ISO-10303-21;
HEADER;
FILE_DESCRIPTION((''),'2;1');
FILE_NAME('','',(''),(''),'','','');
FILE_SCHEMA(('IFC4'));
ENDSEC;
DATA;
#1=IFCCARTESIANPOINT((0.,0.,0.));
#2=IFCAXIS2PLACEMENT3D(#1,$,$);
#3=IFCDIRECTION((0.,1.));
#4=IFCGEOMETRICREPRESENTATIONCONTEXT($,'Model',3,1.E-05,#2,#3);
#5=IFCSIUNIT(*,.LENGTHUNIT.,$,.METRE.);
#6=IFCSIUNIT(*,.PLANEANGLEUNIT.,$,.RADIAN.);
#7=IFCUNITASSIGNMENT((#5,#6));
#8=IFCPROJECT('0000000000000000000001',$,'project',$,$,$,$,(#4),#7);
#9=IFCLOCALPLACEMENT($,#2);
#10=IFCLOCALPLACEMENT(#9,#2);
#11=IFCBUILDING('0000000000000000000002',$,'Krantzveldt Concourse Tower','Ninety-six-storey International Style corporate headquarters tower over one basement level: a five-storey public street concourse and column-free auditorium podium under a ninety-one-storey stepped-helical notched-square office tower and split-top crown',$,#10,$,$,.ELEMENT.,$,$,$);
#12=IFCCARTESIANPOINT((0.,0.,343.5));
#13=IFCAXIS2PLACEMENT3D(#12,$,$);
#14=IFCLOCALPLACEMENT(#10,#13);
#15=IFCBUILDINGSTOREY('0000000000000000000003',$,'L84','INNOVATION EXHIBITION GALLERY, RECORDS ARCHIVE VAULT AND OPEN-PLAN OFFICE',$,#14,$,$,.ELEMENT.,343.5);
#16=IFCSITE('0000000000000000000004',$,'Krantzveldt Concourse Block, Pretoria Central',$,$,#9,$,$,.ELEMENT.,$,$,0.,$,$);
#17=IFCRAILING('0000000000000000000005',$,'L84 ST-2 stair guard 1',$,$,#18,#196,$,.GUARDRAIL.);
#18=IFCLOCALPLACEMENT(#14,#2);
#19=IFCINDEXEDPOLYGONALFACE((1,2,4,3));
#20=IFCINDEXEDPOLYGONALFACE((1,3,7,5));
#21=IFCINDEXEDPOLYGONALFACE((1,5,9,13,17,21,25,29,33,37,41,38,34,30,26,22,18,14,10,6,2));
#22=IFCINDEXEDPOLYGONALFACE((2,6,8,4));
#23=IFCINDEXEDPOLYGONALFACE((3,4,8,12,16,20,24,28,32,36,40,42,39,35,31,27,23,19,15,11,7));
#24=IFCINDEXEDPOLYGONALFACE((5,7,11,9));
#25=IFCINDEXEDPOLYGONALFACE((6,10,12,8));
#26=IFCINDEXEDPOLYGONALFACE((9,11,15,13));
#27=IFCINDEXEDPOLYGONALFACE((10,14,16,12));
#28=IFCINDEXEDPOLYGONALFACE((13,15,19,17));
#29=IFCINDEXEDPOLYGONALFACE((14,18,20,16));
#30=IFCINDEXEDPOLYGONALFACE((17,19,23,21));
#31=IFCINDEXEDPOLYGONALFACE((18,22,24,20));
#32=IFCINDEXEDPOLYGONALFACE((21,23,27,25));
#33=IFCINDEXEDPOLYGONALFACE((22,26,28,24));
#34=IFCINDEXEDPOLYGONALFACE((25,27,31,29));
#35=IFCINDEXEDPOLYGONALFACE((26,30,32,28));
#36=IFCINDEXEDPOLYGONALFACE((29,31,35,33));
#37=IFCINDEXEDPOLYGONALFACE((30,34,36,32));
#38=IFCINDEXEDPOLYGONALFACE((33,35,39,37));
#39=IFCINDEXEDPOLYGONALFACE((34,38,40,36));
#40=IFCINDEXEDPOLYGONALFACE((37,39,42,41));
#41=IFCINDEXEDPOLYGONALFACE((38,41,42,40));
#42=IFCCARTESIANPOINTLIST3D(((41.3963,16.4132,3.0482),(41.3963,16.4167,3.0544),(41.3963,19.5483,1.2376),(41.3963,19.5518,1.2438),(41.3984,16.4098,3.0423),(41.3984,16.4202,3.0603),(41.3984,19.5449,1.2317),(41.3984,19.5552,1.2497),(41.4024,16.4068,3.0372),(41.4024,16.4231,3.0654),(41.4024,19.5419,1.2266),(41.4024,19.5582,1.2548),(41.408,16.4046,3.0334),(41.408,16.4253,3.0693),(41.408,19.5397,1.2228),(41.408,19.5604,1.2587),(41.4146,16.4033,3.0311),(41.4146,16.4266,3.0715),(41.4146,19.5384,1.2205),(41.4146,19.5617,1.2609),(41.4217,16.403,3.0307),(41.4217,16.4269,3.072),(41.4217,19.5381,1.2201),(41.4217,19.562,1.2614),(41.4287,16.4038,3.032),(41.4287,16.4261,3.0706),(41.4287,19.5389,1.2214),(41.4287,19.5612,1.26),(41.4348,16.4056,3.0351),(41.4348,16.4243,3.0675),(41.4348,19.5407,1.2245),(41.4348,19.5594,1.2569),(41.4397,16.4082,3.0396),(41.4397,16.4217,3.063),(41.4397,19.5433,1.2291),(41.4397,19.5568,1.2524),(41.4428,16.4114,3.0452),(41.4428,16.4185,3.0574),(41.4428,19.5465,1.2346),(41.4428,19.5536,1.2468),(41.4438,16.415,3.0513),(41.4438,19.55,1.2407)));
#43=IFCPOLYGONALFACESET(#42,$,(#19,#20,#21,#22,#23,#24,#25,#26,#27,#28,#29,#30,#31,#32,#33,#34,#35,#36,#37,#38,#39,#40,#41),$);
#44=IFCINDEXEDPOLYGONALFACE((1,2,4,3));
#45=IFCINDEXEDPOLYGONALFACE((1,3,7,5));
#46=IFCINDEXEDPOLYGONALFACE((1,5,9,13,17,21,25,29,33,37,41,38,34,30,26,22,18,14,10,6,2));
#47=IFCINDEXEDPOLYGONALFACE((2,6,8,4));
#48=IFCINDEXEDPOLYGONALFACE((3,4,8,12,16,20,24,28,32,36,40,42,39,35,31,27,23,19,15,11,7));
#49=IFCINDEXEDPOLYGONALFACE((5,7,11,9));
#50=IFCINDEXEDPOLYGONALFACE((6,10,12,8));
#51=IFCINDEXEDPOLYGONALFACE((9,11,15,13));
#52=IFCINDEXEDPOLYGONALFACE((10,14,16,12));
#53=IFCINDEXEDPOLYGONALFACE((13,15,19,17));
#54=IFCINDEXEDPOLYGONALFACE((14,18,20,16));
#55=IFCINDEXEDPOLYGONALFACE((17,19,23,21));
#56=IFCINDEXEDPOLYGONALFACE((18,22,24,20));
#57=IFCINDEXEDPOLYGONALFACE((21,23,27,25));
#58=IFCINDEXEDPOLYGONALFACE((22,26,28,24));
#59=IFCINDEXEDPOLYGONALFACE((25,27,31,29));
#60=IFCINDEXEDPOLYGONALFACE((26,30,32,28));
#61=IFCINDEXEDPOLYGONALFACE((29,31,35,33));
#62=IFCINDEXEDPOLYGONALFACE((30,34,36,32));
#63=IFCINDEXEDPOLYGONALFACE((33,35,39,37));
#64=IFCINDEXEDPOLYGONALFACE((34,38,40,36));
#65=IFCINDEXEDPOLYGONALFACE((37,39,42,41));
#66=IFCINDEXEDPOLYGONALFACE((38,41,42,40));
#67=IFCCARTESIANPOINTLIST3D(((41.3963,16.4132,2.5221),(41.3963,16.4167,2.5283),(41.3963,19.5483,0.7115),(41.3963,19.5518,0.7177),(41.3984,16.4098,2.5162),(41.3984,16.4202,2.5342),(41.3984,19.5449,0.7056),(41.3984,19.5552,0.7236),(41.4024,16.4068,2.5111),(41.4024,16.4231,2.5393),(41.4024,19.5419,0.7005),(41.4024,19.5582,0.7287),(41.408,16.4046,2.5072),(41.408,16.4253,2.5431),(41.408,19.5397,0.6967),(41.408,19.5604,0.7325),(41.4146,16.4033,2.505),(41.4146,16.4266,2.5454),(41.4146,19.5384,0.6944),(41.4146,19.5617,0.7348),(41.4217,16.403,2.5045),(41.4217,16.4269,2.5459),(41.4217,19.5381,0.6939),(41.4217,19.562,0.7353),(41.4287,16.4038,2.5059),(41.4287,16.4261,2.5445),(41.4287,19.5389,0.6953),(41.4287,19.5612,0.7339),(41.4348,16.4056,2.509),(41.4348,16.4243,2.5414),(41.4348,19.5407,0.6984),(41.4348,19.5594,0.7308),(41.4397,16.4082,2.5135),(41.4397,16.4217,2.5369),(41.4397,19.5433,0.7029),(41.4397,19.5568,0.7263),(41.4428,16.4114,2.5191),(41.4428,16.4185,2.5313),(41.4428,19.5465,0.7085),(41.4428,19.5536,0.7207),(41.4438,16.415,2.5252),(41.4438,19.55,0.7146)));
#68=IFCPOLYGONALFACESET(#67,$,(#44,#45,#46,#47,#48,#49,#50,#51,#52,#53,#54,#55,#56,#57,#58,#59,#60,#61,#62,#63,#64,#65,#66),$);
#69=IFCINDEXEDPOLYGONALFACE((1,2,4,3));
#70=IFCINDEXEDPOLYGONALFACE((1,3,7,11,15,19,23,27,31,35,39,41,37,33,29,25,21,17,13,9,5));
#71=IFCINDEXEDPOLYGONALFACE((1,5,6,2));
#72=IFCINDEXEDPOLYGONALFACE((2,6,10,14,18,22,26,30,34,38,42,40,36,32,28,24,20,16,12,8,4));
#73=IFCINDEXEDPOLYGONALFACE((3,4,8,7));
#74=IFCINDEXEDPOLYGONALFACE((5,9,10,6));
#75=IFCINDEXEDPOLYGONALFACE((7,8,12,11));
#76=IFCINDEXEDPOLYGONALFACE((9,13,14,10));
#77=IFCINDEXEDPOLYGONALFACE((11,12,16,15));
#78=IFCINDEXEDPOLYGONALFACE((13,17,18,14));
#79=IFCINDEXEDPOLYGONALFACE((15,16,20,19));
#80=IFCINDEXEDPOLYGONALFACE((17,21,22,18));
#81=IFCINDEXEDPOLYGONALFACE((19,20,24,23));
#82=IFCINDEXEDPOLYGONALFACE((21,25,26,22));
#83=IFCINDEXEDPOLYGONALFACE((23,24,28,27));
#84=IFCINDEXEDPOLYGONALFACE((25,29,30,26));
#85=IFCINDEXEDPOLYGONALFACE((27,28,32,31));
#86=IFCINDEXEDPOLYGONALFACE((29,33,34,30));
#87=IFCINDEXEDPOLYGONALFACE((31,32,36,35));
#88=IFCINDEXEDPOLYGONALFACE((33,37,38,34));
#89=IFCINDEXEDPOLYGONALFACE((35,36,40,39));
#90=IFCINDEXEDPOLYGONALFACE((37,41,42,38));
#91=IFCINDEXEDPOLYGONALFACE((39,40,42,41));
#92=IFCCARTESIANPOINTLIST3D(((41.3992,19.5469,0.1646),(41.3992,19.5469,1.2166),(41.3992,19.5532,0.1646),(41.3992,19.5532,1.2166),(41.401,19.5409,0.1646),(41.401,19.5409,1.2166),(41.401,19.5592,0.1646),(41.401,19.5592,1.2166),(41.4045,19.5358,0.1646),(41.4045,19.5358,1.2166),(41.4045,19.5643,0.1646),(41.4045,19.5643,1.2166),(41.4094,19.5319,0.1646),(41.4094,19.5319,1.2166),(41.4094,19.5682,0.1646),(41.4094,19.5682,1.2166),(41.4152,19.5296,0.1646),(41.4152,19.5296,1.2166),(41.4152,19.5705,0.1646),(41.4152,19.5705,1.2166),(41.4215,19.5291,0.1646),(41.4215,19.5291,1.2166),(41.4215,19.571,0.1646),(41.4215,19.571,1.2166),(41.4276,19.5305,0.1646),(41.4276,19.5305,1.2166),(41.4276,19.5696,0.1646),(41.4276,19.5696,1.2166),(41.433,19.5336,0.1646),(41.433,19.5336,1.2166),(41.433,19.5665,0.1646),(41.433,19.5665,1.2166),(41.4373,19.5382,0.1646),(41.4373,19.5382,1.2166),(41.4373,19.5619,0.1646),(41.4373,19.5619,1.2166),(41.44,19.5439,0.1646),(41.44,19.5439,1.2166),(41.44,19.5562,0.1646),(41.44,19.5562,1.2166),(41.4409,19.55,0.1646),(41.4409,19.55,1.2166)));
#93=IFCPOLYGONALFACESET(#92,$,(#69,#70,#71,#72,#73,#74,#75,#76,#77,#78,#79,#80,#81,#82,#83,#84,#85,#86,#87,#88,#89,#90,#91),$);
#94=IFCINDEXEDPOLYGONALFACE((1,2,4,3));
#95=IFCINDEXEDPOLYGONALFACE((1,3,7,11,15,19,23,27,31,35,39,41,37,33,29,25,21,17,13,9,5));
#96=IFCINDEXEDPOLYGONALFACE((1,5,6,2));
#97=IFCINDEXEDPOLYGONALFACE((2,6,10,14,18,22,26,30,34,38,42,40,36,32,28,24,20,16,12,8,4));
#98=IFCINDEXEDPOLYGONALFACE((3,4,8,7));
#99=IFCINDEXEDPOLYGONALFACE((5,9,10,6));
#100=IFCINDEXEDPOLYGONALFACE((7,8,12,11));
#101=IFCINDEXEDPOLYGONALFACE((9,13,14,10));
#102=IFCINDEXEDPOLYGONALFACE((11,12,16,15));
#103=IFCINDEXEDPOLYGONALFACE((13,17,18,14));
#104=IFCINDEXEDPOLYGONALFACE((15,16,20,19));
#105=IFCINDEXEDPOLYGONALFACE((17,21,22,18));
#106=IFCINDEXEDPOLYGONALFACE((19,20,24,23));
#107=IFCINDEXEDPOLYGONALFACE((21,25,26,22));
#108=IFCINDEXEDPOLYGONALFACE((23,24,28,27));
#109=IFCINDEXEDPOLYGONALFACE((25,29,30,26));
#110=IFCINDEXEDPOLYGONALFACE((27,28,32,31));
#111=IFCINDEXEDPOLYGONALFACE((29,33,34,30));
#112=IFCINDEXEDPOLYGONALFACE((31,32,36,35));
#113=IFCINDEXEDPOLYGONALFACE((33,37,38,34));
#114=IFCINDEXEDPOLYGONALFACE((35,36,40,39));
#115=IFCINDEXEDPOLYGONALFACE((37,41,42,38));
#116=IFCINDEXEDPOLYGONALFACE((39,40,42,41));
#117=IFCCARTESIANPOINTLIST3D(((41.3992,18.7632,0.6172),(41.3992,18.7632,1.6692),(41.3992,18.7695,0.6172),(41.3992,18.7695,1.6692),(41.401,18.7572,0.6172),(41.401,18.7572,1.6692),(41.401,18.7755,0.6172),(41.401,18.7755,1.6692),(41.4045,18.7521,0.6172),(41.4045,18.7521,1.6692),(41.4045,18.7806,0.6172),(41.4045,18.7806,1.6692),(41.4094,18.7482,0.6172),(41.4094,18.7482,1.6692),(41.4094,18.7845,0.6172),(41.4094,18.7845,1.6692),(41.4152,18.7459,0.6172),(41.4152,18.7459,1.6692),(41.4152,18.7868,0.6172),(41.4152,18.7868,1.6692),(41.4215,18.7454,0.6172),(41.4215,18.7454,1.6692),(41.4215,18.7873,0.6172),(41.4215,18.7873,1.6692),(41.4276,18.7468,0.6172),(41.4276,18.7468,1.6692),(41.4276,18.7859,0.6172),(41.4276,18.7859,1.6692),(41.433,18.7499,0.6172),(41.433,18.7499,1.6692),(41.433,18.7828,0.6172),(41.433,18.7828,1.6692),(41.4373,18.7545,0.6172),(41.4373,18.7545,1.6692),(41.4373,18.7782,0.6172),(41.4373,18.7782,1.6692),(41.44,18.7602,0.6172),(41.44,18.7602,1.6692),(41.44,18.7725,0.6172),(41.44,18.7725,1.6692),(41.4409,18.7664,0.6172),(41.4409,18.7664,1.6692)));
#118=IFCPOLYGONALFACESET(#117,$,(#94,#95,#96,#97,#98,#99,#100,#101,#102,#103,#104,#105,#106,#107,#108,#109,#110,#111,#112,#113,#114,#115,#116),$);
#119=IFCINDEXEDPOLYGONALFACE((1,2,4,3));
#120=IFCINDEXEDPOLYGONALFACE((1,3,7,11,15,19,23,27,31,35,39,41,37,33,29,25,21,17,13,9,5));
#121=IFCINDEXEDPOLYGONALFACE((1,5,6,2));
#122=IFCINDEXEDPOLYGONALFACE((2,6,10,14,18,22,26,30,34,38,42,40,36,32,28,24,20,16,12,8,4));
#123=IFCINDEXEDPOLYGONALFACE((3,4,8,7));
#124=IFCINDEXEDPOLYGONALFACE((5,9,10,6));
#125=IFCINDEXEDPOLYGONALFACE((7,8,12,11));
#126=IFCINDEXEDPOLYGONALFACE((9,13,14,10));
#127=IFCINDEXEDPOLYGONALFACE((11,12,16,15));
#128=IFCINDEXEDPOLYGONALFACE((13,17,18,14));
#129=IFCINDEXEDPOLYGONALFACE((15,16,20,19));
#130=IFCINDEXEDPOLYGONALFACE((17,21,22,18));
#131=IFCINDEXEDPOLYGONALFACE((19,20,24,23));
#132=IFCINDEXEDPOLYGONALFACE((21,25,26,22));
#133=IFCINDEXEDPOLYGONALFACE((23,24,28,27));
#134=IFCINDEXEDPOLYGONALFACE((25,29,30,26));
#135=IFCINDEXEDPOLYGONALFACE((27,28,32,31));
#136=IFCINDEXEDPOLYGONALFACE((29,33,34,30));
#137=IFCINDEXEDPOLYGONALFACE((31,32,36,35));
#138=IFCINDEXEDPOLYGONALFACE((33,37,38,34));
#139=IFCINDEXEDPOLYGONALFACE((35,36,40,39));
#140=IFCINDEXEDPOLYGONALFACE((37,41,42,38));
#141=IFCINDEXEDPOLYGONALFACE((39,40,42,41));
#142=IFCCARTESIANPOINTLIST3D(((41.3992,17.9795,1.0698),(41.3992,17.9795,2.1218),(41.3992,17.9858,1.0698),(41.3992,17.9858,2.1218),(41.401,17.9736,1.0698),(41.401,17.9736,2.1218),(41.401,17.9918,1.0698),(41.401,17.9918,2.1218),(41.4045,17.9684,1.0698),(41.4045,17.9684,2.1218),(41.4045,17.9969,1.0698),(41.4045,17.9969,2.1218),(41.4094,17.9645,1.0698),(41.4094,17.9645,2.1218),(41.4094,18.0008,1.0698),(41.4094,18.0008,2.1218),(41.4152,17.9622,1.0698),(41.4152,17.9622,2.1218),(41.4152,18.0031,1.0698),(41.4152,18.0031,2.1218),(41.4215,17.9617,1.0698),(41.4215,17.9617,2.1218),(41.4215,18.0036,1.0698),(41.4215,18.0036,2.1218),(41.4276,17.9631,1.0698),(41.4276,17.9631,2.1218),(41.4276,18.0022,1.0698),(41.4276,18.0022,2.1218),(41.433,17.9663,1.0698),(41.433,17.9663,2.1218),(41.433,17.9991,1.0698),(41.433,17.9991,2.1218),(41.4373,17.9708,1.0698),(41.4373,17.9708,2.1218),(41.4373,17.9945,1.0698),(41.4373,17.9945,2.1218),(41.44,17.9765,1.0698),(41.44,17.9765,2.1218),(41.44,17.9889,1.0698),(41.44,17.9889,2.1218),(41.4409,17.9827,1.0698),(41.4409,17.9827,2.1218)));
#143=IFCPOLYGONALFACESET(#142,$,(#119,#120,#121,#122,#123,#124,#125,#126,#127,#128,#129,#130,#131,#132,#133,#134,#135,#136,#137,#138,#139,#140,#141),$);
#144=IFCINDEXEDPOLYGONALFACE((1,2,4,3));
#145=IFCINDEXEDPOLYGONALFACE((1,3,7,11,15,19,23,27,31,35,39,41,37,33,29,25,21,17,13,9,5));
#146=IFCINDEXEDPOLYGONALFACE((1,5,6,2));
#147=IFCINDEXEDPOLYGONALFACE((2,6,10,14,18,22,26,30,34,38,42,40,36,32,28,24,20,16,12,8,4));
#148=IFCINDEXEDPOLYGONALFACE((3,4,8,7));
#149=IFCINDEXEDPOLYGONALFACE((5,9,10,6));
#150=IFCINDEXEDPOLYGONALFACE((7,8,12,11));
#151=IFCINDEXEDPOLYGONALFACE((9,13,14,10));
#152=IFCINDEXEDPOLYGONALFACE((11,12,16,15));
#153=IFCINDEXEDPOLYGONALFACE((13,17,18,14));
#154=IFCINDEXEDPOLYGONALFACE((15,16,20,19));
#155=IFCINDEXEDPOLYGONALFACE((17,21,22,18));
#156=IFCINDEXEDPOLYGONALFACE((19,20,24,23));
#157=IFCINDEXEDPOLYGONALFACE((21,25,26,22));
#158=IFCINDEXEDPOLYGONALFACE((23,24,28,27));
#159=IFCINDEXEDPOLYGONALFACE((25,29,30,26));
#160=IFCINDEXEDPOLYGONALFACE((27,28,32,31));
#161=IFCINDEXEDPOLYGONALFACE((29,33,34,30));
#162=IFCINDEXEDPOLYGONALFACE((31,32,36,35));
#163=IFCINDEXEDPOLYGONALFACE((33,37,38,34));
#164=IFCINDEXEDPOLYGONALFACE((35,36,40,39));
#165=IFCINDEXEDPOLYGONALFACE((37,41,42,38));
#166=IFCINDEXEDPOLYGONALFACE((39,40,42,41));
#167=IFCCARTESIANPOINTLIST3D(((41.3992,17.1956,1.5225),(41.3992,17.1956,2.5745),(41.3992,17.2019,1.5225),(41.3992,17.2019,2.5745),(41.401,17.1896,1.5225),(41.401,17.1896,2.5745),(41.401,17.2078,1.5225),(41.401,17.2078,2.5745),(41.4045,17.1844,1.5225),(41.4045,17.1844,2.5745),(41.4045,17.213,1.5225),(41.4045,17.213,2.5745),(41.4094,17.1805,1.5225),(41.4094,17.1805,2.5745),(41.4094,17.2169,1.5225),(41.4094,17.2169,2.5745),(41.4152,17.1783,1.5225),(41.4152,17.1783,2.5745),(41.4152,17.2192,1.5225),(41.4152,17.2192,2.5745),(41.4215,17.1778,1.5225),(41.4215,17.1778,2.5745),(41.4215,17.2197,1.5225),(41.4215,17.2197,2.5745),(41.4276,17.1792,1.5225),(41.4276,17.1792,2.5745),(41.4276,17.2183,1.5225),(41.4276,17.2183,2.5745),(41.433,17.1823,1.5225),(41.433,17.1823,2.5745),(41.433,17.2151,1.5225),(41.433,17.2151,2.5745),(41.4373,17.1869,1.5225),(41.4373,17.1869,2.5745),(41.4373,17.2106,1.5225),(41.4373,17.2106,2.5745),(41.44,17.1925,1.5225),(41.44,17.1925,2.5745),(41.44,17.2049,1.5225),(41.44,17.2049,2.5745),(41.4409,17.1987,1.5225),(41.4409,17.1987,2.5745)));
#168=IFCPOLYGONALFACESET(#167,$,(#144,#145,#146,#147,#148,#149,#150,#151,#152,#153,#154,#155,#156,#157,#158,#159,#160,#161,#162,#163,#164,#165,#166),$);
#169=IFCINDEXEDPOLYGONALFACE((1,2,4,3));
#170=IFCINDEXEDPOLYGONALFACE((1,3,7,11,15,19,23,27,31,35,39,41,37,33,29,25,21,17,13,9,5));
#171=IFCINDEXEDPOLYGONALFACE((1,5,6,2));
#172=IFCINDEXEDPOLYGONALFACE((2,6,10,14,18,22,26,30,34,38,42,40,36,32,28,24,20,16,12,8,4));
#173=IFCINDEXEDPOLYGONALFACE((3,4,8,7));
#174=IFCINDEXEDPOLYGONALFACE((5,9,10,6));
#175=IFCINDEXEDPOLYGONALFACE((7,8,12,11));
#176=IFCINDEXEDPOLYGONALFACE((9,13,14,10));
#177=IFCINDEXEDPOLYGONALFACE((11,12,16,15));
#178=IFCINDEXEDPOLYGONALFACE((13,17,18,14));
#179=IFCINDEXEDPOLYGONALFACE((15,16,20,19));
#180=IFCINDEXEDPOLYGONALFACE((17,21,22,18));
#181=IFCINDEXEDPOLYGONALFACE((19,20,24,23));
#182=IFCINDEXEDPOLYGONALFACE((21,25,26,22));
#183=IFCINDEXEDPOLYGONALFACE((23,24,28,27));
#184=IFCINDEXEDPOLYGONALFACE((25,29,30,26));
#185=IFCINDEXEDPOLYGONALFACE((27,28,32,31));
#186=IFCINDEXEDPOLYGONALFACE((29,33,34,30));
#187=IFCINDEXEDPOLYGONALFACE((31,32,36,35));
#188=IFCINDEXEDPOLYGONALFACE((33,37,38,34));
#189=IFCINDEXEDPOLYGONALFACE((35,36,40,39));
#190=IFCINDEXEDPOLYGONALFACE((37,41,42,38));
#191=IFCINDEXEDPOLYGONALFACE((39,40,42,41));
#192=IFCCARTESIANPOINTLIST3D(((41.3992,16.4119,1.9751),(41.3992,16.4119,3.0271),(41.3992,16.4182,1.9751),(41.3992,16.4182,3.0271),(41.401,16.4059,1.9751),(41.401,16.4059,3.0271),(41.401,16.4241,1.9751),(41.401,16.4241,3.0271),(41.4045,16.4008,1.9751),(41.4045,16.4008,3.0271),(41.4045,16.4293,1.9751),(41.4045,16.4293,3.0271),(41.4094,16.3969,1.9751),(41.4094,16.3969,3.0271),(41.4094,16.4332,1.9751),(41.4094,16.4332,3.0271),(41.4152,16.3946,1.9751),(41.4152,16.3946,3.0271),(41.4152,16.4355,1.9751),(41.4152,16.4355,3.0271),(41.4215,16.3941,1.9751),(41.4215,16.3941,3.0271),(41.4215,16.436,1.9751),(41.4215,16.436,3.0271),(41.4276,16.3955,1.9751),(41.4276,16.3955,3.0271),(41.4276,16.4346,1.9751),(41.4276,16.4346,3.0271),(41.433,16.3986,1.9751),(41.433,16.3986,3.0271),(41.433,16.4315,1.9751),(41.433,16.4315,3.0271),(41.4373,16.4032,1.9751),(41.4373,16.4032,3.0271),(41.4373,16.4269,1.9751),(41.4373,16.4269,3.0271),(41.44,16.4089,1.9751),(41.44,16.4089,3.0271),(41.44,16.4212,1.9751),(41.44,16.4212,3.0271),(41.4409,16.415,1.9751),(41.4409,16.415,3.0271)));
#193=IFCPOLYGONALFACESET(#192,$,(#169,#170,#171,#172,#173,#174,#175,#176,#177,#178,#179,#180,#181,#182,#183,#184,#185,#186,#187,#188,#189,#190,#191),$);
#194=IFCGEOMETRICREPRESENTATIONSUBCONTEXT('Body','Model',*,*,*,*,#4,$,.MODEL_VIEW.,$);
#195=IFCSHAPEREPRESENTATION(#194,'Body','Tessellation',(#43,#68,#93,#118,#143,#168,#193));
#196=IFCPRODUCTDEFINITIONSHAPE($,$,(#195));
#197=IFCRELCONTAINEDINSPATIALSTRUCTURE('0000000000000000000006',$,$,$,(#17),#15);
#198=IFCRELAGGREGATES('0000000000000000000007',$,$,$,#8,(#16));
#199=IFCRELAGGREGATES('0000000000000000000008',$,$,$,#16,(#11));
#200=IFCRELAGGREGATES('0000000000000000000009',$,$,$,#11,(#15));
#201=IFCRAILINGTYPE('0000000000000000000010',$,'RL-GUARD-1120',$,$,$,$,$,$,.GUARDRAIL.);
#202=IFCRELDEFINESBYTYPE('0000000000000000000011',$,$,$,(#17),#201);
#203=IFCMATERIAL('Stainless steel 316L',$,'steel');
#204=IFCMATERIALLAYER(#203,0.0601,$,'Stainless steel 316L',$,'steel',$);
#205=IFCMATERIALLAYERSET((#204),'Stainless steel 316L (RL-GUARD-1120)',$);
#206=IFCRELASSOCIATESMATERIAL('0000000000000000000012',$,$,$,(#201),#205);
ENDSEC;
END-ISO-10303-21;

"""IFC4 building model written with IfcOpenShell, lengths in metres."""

from ifc_helpers import new_model, si_unit, direction, frame, origin, origin_2d, place, context, subcontext, project, spatial, circle, extrude, material, layer, layer_set, type_object, element, save


model = new_model("IFC4")

# Units and contexts
model_context = context("Model", 3, precision=1e-05, world=origin(), true_north=direction((0.0, 1.0)))
body_context = subcontext(model_context, "Body", "Model", "MODEL_VIEW")
ifc_project = project(units=[si_unit("LENGTHUNIT", "METRE"), si_unit("PLANEANGLEUNIT", "RADIAN")], contexts=[model_context])

# Site, building, storey
site_placement = place(None, origin())
site = spatial("IfcSite", under=ifc_project, at=site_placement, Name="Krantzveldt Concourse Block, Pretoria Central", CompositionType="ELEMENT", RefElevation=0.0)
building_placement = place(site_placement, origin())
building = spatial("IfcBuilding", under=site, at=building_placement, Name="Krantzveldt Concourse Tower", Description="Ninety-six-storey International Style corporate headquarters tower over one basement level: a five-storey public street concourse and column-free auditorium podium under a ninety-one-storey stepped-helical notched-square office tower and split-top crown", CompositionType="ELEMENT")
storey_placement = place(building_placement, frame((0.0, 0.0, 343.5)))
storey = spatial("IfcBuildingStorey", under=building, at=storey_placement, Name="L84", Description="INNOVATION EXHIBITION GALLERY, RECORDS ARCHIVE VAULT AND OPEN-PLAN OFFICE", CompositionType="ELEMENT", Elevation=343.5)

# Shared definitions
ifc_material_1 = material(Name="Stainless steel 316L", Category="steel")

# Railing
ifc_layer_1 = layer(ifc_material_1, 0.0601, Name="Stainless steel 316L", Category="steel")
ifc_layer_set_1 = layer_set([ifc_layer_1], Name="Stainless steel 316L (RL-GUARD-1120)")
railing_type_1 = type_object("IfcRailingType", Name="RL-GUARD-1120", PredefinedType="GUARDRAIL", material=ifc_layer_set_1)
railing_1_placement = place(storey_placement, frame((41.4199, 19.55, 0.1646)))
element("IfcRailing", 1, at=railing_1_placement, inside=storey, type_object=railing_type_1, Name="L84 ST-2 stair guard 1", PredefinedType="GUARDRAIL", context=body_context, shape_type="SweptSolid", body=[
    extrude(circle(Radius=0.0239, at=origin_2d()), frame((0.0, 0.0, 1.0762), z_axis=(0.0, -0.86596, 0.500114), x_axis=(1.0, 0.0, 0.0)), (0.0, 0.0, 1.0), 3.6204),
    extrude(circle(Radius=0.0239, at=origin_2d()), frame((0.0, 0.0, 0.55), z_axis=(0.0, -0.86596, 0.500114), x_axis=(1.0, 0.0, 0.0)), (0.0, 0.0, 1.0), 3.6204),
    extrude(circle(Radius=0.021, at=origin_2d()), origin(), (0.0, 0.0, 1.0), 1.052),
    extrude(circle(Radius=0.021, at=origin_2d()), frame((0.0, -0.7837, 0.4526)), (0.0, 0.0, 1.0), 1.052),
    extrude(circle(Radius=0.021, at=origin_2d()), frame((0.0, -1.5674, 0.9053)), (0.0, 0.0, 1.0), 1.052),
    extrude(circle(Radius=0.021, at=origin_2d()), frame((0.0, -2.3513, 1.3579)), (0.0, 0.0, 1.0), 1.052),
    extrude(circle(Radius=0.021, at=origin_2d()), frame((0.0, -3.135, 1.8105)), (0.0, 0.0, 1.0), 1.052),
])

save(model, "model.ifc")
